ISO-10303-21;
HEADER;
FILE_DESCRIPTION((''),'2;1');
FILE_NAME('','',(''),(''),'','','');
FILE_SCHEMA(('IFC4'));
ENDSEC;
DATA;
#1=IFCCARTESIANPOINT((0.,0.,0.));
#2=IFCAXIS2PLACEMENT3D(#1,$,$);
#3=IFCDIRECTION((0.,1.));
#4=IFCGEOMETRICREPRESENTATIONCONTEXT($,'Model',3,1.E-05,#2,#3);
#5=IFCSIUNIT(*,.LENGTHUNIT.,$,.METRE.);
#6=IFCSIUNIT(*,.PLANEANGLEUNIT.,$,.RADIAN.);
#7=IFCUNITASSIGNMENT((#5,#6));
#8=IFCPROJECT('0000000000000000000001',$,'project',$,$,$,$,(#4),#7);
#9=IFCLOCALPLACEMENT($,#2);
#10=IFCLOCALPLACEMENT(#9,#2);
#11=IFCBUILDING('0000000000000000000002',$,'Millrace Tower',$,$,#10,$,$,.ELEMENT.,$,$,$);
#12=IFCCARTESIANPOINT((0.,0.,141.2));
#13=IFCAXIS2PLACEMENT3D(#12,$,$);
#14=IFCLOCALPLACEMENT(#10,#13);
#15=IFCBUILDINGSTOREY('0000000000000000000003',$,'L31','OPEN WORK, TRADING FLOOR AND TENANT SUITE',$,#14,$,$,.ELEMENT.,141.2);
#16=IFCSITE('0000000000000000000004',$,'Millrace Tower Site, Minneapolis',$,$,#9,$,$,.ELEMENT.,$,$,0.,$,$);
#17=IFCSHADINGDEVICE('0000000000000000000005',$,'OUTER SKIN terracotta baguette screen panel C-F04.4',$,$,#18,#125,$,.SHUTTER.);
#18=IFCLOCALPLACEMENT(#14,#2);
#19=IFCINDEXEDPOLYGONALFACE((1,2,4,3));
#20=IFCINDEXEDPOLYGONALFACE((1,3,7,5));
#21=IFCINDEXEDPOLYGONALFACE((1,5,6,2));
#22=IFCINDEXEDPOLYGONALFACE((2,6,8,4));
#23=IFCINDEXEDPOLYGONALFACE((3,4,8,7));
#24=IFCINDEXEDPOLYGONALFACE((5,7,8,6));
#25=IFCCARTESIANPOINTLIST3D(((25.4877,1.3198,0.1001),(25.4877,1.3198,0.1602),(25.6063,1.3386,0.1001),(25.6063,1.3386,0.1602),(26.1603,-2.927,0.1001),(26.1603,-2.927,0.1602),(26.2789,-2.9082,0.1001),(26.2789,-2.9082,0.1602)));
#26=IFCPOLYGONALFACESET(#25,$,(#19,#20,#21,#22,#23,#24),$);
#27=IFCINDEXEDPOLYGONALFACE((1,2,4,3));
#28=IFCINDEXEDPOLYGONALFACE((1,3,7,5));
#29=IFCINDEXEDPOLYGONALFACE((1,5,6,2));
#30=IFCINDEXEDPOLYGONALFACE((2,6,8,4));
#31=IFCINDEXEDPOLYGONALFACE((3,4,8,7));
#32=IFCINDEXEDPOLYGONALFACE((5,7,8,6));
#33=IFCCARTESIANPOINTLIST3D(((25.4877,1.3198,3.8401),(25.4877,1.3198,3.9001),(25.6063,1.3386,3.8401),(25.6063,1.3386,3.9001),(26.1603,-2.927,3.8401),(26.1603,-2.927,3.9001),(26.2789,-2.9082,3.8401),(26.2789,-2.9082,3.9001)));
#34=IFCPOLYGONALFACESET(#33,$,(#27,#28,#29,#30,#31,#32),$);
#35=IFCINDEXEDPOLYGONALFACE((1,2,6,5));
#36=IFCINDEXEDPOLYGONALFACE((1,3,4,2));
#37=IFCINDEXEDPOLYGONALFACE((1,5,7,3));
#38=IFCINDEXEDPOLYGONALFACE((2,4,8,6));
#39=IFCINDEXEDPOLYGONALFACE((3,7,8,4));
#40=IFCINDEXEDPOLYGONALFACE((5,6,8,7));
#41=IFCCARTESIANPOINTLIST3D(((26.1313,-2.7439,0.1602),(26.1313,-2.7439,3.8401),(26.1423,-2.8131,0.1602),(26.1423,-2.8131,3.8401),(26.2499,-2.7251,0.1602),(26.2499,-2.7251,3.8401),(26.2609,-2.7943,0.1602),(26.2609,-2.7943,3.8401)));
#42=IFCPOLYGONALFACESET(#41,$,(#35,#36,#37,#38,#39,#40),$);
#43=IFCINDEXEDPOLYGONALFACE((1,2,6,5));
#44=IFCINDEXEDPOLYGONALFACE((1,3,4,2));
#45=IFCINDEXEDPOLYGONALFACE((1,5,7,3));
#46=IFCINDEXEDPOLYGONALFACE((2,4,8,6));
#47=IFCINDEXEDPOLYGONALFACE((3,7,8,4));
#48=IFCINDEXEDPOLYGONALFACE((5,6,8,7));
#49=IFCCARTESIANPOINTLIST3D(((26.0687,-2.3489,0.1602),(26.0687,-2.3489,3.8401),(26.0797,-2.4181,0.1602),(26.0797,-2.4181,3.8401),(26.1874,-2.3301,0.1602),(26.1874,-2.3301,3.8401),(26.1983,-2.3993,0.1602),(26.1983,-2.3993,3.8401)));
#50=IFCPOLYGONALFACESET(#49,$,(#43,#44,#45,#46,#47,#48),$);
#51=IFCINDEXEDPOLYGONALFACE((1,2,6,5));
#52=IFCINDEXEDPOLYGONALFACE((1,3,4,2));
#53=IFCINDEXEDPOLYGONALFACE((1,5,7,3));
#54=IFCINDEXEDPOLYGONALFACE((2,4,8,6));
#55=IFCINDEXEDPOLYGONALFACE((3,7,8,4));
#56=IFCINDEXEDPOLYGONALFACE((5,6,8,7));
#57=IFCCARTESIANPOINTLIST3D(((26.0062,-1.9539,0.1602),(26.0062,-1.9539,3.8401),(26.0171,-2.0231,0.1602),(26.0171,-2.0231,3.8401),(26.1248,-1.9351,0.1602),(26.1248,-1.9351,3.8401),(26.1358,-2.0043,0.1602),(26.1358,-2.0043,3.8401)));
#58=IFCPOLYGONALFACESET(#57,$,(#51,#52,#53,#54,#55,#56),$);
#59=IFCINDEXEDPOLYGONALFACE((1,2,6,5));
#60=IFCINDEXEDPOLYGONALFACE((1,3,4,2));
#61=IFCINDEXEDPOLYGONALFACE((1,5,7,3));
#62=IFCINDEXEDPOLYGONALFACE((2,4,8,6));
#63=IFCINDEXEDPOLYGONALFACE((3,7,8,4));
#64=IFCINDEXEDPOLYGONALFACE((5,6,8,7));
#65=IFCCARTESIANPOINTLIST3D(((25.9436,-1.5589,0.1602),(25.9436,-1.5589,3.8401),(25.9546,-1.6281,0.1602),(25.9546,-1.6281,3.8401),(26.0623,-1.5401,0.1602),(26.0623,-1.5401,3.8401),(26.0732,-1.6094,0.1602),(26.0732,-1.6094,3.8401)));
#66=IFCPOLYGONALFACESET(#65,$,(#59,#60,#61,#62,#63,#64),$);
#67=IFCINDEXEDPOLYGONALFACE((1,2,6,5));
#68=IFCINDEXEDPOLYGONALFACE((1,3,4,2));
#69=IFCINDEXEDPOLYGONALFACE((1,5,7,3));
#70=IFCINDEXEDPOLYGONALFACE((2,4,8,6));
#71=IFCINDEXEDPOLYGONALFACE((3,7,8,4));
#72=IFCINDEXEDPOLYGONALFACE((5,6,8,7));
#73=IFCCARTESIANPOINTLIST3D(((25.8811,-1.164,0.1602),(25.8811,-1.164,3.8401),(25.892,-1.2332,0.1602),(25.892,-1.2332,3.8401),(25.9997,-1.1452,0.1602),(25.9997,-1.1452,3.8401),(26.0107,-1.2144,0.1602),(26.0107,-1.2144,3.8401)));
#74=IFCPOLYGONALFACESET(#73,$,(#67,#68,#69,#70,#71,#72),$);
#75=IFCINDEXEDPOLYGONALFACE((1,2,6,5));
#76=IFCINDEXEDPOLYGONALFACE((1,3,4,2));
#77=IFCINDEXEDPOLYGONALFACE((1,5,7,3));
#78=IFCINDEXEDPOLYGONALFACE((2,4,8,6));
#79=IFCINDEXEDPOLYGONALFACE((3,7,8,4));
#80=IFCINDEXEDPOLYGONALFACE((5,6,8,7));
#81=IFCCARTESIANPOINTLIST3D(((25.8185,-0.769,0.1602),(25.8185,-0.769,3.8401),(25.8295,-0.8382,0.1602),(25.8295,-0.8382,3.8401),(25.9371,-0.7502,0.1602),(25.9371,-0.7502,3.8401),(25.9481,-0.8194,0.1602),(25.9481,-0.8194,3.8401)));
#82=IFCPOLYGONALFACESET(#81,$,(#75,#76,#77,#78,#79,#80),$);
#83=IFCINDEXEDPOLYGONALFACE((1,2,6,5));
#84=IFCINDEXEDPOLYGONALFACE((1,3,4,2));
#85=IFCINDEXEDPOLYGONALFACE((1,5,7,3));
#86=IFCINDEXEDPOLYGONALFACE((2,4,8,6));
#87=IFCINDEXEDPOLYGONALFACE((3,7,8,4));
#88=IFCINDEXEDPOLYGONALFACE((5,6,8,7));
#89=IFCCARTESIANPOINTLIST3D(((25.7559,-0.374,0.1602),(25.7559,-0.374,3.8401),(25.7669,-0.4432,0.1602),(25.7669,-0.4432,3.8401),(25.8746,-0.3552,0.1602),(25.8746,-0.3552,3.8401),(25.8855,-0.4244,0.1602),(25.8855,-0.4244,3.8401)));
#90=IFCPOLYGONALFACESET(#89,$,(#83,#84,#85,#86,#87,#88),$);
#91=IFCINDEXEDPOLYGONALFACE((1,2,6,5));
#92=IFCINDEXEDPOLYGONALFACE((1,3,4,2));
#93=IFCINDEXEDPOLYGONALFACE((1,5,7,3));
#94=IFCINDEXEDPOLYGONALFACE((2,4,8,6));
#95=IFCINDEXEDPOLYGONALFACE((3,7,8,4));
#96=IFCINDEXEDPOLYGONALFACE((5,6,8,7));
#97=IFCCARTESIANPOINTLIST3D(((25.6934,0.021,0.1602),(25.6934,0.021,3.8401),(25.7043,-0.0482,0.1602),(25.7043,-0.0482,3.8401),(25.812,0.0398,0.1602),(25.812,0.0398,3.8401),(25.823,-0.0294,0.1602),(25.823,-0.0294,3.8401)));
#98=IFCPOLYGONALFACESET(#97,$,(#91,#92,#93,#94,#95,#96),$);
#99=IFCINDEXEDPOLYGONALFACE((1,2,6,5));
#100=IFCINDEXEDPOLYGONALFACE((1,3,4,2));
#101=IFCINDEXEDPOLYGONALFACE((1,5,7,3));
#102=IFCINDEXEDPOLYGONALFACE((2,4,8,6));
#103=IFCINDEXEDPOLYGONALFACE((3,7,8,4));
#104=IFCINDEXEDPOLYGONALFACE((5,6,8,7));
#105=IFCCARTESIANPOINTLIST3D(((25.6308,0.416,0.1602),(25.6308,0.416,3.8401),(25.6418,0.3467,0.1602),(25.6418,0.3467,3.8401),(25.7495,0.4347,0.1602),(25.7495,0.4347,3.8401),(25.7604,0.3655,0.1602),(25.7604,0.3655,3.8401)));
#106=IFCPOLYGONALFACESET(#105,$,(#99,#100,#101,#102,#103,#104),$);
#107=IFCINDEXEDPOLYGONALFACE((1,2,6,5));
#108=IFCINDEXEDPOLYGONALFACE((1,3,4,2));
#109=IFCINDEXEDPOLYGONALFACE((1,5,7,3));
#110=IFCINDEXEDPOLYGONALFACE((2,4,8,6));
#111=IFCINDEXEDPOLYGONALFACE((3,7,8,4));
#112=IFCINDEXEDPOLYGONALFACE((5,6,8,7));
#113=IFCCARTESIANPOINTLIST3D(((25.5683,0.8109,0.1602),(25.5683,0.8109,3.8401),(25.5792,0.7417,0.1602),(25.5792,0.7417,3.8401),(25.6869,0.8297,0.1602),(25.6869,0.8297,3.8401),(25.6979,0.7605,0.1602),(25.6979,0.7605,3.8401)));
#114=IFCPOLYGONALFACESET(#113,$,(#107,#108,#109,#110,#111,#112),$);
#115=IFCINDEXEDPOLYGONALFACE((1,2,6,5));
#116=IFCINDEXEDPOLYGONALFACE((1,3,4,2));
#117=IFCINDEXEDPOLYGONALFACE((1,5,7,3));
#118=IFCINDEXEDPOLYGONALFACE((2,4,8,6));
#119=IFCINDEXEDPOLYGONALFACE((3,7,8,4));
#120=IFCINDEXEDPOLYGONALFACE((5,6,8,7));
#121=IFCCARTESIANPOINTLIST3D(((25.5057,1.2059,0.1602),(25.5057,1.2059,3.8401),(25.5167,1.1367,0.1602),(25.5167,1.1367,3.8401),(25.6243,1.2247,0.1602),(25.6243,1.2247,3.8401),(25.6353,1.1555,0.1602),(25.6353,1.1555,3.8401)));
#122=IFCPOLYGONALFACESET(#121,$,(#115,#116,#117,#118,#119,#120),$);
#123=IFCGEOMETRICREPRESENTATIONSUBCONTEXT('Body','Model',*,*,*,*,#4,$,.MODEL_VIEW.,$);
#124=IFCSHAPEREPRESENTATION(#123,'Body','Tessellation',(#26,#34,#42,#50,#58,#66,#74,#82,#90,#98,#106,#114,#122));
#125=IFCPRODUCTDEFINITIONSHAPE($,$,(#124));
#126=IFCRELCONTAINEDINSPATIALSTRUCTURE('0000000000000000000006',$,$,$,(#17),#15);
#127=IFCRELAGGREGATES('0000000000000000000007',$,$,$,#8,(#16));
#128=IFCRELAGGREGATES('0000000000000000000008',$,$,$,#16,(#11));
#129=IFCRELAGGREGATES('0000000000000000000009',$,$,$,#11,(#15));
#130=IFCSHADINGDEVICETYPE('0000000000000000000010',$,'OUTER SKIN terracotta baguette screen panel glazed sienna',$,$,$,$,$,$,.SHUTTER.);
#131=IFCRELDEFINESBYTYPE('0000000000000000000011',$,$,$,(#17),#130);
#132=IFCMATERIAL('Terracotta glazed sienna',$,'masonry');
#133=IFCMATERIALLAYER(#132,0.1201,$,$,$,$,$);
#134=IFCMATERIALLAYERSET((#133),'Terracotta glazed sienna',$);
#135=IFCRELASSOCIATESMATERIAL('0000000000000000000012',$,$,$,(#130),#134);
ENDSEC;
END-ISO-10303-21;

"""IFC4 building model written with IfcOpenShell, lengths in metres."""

from ifc_helpers import new_model, entity, si_unit, direction, frame, frame_2d, origin, origin_2d, place, context, subcontext, project, spatial, rectangle, extrude, source, transform, mapped, material, layer, layer_set, type_object, element, save


model = new_model("IFC4")

# Units and contexts
model_context = context("Model", 3, precision=1e-05, world=origin(), true_north=direction((0.0, 1.0)))
body_context = subcontext(model_context, "Body", "Model", "MODEL_VIEW")
ifc_project = project(units=[si_unit("LENGTHUNIT", "METRE"), si_unit("PLANEANGLEUNIT", "RADIAN")], contexts=[model_context])

# Site, building, storey
site_placement = place(None, origin())
site = spatial("IfcSite", under=ifc_project, at=site_placement, Name="Millrace Tower Site, Minneapolis", CompositionType="ELEMENT", RefElevation=0.0)
building_placement = place(site_placement, origin())
building = spatial("IfcBuilding", under=site, at=building_placement, Name="Millrace Tower", CompositionType="ELEMENT")
storey_placement = place(building_placement, frame((0.0, 0.0, 141.2)))
storey = spatial("IfcBuildingStorey", under=building, at=storey_placement, Name="L31", Description="OPEN WORK, TRADING FLOOR AND TENANT SUITE", CompositionType="ELEMENT", Elevation=141.2)

# Shading device
ifc_material_1 = material(Name="Terracotta glazed sienna", Category="masonry")
ifc_layer_1 = layer(ifc_material_1, 0.1201)
ifc_layer_set_1 = layer_set([ifc_layer_1], Name="Terracotta glazed sienna")
shading_device_type = type_object("IfcShadingDeviceType", Name="OUTER SKIN terracotta baguette screen panel glazed sienna", PredefinedType="SHUTTER", material=ifc_layer_set_1)
cartesian_point = entity("IfcCartesianPoint", [-2.1499, 0.0601])
shared_polyline = entity("IfcPolyline", [cartesian_point, entity("IfcCartesianPoint", [2.1499, 0.0601]), entity("IfcCartesianPoint", [2.1499, -0.0601]), entity("IfcCartesianPoint", [-2.1499, -0.0601]), cartesian_point])
shared_shape = source(origin(), body_context, "Body", "SweptSolid", [
    entity("IfcExtrudedAreaSolid", entity("IfcArbitraryClosedProfileDef", "AREA", None, shared_polyline), entity("IfcAxis2Placement3D", entity("IfcCartesianPoint", [0.0, 0.0, 0.0])), entity("IfcDirection", [0.0, 0.0, 1.0]), 0.0601),
    entity("IfcExtrudedAreaSolid", entity("IfcArbitraryClosedProfileDef", "AREA", None, shared_polyline), entity("IfcAxis2Placement3D", entity("IfcCartesianPoint", [0.0, 0.0, 3.74])), entity("IfcDirection", [0.0, 0.0, 1.0]), 0.0601),
    extrude(rectangle(XDim=0.0701, YDim=0.1201, at=frame_2d((-1.9995, 0.0))), frame((0.0, 0.0, 0.0601)), (0.0, 0.0, 1.0), 3.6799),
    extrude(rectangle(XDim=0.0701, YDim=0.1201, at=frame_2d((-1.5996, 0.0))), frame((0.0, 0.0, 0.0601)), (0.0, 0.0, 1.0), 3.6799),
    extrude(rectangle(XDim=0.0701, YDim=0.1201, at=frame_2d((-1.1997, 0.0))), frame((0.0, 0.0, 0.0601)), (0.0, 0.0, 1.0), 3.6799),
    extrude(rectangle(XDim=0.0701, YDim=0.1201, at=frame_2d((-0.7998, 0.0))), frame((0.0, 0.0, 0.0601)), (0.0, 0.0, 1.0), 3.6799),
    extrude(rectangle(XDim=0.0701, YDim=0.1201, at=frame_2d((-0.3999, 0.0))), frame((0.0, 0.0, 0.0601)), (0.0, 0.0, 1.0), 3.6799),
    extrude(rectangle(XDim=0.0701, YDim=0.1201, at=origin_2d()), frame((0.0, 0.0, 0.0601)), (0.0, 0.0, 1.0), 3.6799),
    extrude(rectangle(XDim=0.0701, YDim=0.1201, at=frame_2d((0.3999, 0.0))), frame((0.0, 0.0, 0.0601)), (0.0, 0.0, 1.0), 3.6799),
    extrude(rectangle(XDim=0.0701, YDim=0.1201, at=frame_2d((0.7998, 0.0))), frame((0.0, 0.0, 0.0601)), (0.0, 0.0, 1.0), 3.6799),
    extrude(rectangle(XDim=0.0701, YDim=0.1201, at=frame_2d((1.1997, 0.0))), frame((0.0, 0.0, 0.0601)), (0.0, 0.0, 1.0), 3.6799),
    extrude(rectangle(XDim=0.0701, YDim=0.1201, at=frame_2d((1.5996, 0.0))), frame((0.0, 0.0, 0.0601)), (0.0, 0.0, 1.0), 3.6799),
    extrude(rectangle(XDim=0.0701, YDim=0.1201, at=frame_2d((1.9995, 0.0))), frame((0.0, 0.0, 0.0601)), (0.0, 0.0, 1.0), 3.6799),
])
for number, where, z_axis, x_axis, name in (
    (1, (25.8833, -0.7942, 0.1001), (0.0, 0.0, 1.0), (-0.156434, 0.987688, 0.0), "OUTER SKIN terracotta baguette screen panel C-F04.4"),
):
    element("IfcShadingDevice", number, at=place(storey_placement, frame(where, z_axis=z_axis, x_axis=x_axis)), inside=storey, type_object=shading_device_type, Name=name, PredefinedType="SHUTTER", context=body_context, shape_type="MappedRepresentation", body=[
        mapped(shared_shape, transform((0.0, 0.0, 0.0), scale=1.0)),
    ])

save(model, "model.ifc")
